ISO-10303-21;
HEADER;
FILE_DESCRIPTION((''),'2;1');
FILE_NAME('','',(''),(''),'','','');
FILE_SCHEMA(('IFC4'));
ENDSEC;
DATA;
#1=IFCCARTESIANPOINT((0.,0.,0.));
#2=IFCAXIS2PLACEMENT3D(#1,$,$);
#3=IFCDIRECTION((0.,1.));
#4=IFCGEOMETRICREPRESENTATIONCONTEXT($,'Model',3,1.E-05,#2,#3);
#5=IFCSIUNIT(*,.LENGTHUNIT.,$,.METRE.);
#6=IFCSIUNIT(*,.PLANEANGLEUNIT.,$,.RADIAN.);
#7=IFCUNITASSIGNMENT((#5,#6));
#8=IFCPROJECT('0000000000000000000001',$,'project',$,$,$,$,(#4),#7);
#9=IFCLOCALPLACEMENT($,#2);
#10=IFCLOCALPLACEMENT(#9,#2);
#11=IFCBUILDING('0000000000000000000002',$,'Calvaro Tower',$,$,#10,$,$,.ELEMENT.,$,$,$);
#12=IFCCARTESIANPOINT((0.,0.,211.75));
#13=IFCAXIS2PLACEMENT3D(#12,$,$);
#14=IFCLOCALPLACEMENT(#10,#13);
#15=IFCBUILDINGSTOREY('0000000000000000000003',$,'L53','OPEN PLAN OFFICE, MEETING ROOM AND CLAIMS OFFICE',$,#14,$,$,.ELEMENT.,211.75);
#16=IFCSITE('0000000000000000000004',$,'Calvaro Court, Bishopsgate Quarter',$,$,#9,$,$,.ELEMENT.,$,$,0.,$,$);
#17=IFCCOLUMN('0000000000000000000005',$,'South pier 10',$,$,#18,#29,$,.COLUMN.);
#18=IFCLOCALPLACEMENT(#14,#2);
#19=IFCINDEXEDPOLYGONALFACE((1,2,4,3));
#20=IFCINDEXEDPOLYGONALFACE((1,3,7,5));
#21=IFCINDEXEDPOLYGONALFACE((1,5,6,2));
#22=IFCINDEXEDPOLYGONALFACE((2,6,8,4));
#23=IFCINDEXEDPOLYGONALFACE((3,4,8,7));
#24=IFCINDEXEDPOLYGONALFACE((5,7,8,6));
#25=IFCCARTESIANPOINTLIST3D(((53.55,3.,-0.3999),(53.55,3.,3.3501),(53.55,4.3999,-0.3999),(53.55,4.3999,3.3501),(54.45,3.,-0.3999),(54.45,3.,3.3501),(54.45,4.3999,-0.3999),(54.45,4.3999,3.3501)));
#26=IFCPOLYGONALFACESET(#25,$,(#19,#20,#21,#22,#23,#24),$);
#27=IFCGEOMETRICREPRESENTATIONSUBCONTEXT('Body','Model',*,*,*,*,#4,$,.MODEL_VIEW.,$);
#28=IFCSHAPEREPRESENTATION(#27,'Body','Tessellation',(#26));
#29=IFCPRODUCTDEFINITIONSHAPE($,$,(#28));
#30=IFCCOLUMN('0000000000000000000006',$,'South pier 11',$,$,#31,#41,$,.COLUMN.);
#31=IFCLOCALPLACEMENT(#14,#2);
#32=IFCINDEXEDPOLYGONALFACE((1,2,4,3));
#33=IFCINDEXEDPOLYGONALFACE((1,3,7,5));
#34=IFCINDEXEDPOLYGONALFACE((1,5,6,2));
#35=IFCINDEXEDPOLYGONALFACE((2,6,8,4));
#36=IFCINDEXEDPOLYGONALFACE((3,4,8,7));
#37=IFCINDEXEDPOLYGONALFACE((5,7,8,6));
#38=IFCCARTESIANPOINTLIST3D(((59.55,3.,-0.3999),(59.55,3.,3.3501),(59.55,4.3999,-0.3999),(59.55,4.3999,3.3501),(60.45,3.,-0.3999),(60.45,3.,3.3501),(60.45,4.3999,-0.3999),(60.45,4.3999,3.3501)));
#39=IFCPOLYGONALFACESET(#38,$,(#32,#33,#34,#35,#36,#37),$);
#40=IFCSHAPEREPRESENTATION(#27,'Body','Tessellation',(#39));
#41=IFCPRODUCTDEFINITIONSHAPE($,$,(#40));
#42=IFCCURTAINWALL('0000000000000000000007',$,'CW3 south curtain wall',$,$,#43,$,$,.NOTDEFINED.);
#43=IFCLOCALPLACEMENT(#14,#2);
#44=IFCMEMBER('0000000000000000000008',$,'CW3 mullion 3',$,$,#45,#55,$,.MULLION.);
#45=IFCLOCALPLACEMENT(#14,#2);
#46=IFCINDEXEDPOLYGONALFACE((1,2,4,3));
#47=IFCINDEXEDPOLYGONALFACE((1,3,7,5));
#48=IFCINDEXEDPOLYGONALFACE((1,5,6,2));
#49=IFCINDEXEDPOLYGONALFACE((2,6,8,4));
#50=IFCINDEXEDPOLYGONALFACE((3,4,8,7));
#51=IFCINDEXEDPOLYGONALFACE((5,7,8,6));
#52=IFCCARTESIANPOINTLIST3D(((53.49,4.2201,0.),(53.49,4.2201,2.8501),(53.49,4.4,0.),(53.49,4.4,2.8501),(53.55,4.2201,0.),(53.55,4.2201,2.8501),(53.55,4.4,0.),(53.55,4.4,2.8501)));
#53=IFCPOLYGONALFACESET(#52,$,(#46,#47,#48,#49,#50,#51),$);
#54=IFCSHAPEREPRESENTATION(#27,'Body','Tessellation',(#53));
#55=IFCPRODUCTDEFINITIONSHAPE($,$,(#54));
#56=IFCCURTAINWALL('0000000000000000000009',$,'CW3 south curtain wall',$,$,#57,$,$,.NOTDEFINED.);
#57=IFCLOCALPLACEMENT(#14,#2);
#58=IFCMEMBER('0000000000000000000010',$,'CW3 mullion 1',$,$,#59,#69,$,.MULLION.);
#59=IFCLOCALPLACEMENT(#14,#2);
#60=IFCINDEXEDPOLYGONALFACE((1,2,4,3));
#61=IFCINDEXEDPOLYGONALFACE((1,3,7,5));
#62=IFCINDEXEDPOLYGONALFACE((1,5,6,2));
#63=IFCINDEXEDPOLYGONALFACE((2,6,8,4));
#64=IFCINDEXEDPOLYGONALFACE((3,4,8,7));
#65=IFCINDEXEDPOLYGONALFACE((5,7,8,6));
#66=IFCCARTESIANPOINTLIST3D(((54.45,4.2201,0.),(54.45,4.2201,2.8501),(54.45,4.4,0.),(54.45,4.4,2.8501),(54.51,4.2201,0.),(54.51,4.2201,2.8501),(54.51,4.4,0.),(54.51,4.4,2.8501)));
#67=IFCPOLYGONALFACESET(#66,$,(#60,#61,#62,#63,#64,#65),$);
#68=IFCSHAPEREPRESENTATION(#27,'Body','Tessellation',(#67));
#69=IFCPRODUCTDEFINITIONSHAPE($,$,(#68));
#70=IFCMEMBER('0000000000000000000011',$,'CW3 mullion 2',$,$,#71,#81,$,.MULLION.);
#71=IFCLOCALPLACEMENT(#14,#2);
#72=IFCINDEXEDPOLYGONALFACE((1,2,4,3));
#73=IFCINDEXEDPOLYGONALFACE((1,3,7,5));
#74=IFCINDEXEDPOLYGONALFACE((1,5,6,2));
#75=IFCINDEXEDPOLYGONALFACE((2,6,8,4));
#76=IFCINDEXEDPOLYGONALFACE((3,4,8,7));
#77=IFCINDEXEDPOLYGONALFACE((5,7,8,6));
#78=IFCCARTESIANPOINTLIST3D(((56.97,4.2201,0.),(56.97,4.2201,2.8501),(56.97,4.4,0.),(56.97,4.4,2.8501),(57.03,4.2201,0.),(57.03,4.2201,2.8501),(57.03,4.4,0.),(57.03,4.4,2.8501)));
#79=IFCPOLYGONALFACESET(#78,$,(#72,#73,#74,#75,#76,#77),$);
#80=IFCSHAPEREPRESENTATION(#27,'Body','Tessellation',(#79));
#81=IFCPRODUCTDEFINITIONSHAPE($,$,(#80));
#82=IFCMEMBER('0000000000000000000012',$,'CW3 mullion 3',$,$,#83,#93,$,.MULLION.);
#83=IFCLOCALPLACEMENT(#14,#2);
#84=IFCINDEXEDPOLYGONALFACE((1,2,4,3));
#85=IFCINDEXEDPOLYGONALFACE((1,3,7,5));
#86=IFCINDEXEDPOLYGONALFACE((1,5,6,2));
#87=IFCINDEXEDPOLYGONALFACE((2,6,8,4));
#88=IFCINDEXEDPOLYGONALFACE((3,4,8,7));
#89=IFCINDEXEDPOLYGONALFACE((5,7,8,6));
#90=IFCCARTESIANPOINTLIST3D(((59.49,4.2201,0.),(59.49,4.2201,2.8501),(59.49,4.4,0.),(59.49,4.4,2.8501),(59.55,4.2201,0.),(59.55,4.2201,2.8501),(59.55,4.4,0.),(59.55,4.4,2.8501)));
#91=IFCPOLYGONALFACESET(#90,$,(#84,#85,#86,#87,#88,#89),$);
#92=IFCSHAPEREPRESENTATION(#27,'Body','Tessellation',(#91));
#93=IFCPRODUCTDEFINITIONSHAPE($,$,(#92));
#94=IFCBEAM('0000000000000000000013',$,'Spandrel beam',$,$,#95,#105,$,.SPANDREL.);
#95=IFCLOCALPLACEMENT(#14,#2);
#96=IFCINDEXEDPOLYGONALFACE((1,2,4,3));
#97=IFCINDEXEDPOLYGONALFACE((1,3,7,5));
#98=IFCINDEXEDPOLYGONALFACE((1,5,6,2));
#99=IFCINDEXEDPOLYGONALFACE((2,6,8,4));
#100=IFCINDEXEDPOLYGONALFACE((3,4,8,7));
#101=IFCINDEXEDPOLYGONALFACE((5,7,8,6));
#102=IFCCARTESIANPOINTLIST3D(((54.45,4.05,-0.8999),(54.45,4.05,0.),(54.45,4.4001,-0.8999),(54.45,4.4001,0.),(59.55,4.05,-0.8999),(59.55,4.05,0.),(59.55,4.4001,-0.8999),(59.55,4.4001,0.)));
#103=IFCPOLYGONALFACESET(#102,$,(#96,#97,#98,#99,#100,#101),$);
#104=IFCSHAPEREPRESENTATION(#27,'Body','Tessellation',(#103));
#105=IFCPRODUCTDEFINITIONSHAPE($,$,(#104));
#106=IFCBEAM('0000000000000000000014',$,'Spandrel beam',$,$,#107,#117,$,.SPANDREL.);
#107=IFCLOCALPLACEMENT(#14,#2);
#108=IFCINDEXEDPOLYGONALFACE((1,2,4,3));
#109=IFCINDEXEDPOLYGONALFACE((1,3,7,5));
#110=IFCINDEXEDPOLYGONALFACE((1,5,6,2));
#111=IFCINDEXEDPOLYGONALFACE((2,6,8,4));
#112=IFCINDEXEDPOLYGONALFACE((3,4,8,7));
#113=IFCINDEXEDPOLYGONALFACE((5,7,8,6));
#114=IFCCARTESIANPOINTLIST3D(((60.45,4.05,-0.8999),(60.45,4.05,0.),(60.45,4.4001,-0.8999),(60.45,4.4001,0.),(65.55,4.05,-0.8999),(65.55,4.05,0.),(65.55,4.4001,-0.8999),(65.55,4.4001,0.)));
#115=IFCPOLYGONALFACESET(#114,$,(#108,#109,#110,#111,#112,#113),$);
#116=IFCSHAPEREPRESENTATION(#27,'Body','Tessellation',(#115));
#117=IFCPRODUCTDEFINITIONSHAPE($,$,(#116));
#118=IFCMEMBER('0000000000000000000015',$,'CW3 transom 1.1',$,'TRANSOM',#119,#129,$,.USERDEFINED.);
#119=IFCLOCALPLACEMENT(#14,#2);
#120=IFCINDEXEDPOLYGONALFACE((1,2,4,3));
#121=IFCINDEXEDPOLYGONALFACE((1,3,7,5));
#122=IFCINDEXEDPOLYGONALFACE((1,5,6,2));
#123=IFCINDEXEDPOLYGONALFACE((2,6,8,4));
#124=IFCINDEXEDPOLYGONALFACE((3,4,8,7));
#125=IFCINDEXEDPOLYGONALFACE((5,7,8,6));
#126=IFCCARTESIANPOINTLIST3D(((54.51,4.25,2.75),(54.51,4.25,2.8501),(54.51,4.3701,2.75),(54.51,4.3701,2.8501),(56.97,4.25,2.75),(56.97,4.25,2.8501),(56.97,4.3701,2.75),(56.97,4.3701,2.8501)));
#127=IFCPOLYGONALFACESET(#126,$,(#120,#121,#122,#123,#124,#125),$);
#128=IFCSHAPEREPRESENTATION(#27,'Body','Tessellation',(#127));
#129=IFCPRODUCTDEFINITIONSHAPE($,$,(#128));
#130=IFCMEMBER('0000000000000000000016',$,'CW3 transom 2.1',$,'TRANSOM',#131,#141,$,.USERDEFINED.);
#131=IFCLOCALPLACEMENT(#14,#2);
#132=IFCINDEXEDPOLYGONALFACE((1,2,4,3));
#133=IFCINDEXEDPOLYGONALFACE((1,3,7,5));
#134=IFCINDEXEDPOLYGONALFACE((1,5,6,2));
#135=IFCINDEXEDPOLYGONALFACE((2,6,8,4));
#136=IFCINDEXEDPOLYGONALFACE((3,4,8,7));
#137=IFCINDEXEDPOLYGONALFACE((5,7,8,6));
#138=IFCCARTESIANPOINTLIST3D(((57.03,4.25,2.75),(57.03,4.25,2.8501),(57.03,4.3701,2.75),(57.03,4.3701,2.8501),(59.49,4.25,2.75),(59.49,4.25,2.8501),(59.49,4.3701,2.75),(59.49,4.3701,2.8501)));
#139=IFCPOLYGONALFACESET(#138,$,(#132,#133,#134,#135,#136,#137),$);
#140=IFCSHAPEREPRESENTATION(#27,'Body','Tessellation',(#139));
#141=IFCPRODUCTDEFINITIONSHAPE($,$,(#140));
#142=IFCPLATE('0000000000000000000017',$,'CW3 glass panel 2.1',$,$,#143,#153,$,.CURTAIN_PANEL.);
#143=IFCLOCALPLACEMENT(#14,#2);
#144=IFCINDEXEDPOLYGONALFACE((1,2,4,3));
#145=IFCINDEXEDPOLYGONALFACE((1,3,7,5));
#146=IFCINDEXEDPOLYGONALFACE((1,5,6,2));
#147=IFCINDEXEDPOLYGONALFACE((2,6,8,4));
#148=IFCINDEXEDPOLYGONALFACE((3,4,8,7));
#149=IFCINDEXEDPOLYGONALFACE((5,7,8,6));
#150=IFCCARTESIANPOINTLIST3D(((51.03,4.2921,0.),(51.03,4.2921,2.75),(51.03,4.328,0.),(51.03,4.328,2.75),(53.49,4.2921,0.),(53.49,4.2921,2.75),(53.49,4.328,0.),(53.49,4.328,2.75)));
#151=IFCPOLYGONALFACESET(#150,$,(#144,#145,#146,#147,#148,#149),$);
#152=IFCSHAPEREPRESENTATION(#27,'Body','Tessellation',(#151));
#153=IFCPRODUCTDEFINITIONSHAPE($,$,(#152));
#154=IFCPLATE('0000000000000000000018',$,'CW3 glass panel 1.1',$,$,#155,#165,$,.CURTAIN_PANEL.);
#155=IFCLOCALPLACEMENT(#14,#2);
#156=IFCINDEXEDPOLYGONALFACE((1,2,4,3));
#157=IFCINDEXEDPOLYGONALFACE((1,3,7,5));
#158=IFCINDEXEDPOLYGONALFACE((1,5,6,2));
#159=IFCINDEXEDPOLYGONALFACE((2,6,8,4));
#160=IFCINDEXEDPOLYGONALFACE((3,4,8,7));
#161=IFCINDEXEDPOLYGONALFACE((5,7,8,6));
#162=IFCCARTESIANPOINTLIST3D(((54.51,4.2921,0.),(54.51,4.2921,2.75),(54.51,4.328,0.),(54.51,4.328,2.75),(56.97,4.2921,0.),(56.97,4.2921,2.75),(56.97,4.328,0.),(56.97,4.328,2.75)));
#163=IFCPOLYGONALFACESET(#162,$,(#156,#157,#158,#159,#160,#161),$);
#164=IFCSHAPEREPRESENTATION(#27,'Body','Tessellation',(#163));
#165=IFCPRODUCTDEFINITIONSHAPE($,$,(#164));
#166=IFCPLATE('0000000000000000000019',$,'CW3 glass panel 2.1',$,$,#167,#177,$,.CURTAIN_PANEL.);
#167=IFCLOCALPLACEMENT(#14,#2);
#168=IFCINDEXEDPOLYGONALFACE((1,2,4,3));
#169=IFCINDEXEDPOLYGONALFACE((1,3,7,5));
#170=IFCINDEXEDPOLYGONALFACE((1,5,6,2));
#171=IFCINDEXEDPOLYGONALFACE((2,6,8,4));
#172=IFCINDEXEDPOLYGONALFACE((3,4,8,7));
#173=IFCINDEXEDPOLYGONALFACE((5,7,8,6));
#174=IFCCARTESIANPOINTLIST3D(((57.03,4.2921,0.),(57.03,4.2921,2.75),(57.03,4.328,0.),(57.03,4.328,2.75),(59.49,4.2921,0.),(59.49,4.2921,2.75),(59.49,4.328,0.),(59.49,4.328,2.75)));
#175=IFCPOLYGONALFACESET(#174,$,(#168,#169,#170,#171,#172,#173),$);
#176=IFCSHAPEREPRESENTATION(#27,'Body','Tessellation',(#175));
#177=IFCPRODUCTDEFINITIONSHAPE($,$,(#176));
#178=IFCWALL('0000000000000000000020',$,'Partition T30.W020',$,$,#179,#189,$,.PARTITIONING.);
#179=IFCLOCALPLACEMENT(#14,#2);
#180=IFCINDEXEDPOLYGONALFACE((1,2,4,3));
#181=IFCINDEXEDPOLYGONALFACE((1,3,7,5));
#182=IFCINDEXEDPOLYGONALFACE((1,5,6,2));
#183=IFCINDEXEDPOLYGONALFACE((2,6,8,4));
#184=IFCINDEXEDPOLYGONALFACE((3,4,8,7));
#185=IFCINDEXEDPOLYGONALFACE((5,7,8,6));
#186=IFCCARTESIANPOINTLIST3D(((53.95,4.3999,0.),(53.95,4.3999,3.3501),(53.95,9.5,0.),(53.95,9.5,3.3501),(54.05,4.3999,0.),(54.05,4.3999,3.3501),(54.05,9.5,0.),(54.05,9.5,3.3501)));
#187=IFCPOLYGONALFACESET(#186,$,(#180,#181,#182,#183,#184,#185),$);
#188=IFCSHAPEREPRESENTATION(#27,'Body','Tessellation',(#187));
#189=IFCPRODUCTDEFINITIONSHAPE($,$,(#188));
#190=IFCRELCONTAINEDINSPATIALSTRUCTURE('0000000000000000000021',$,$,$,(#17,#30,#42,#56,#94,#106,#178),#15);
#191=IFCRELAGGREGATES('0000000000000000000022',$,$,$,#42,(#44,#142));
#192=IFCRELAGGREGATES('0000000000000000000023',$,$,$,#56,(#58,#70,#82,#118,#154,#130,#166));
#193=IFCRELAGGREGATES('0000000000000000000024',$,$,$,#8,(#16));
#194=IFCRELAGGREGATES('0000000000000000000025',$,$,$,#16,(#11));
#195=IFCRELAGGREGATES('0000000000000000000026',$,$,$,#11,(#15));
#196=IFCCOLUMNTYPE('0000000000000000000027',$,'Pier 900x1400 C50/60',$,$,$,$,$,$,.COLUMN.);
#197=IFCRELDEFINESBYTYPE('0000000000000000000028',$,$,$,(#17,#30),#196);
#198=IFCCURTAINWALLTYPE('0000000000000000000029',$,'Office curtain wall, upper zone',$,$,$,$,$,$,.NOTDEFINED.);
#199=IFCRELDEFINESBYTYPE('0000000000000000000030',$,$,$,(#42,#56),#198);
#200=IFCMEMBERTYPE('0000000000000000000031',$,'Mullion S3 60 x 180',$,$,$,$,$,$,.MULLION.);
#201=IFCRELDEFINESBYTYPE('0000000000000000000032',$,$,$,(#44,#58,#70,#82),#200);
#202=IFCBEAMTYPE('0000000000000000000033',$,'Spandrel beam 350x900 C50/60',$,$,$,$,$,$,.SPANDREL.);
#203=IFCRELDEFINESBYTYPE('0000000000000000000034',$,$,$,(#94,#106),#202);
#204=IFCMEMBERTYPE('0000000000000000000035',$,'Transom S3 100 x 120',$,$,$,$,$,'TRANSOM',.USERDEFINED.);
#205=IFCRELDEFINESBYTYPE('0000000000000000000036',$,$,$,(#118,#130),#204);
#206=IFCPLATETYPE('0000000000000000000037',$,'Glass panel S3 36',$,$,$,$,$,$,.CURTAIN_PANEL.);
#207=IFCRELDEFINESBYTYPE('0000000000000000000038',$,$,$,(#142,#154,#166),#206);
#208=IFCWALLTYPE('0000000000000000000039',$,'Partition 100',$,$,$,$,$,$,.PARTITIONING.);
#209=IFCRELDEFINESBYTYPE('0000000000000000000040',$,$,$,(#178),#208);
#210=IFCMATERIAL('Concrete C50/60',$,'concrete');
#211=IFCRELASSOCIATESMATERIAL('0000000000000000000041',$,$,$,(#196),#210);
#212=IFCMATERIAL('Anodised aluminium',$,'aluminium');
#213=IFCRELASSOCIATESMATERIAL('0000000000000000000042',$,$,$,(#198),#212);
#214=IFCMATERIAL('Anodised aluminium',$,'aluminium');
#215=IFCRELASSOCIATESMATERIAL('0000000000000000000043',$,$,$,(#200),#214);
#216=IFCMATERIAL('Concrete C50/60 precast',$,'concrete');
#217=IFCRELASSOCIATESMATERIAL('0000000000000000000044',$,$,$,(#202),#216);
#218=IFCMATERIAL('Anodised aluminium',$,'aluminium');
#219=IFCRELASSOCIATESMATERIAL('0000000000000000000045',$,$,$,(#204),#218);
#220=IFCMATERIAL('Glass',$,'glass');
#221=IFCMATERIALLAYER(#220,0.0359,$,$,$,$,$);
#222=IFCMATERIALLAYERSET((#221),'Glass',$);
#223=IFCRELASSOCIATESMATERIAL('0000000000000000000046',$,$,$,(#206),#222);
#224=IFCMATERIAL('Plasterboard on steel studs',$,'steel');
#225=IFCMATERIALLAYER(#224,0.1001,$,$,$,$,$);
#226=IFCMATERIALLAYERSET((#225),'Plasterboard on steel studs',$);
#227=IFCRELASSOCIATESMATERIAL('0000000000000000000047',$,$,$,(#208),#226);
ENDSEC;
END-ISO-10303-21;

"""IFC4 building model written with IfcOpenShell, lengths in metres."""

from ifc_helpers import new_model, si_unit, direction, frame, frame_2d, origin, origin_2d, place, context, subcontext, project, spatial, rectangle, extrude, material, layer, layer_set, material_profile, profile_set, type_object, element, aggregate, save


model = new_model("IFC4")

# Units and contexts
model_context = context("Model", 3, precision=1e-05, world=origin(), true_north=direction((0.0, 1.0)))
body_context = subcontext(model_context, "Body", "Model", "MODEL_VIEW")
ifc_project = project(units=[si_unit("LENGTHUNIT", "METRE"), si_unit("PLANEANGLEUNIT", "RADIAN")], contexts=[model_context])

# Site, building, storey
site_placement = place(None, origin())
site = spatial("IfcSite", under=ifc_project, at=site_placement, Name="Calvaro Court, Bishopsgate Quarter", CompositionType="ELEMENT", RefElevation=0.0)
building_placement = place(site_placement, origin())
building = spatial("IfcBuilding", under=site, at=building_placement, Name="Calvaro Tower", CompositionType="ELEMENT")
storey_placement = place(building_placement, frame((0.0, 0.0, 211.75)))
storey = spatial("IfcBuildingStorey", under=building, at=storey_placement, Name="L53", Description="OPEN PLAN OFFICE, MEETING ROOM AND CLAIMS OFFICE", CompositionType="ELEMENT", Elevation=211.75)

# Columns
ifc_material_1 = material(Name="Concrete C50/60", Category="concrete")
ifc_material_profile_1 = material_profile(ifc_material_1, rectangle(XDim=0.8999, YDim=1.3999, at=origin_2d()), Name="RC 900x1400")
ifc_profile_set_1 = profile_set([ifc_material_profile_1], Name="Concrete C50/60")
column_type = type_object("IfcColumnType", Name="Pier 900x1400 C50/60", PredefinedType="COLUMN", material=ifc_profile_set_1)
for number, where, z_axis, x_axis, name in (
    (1, (54.0, 3.7, -0.3999), (0.0, 0.0, 1.0), (1.0, 0.0, 0.0), "South pier 10"),
    (2, (60.0, 3.7, -0.3999), (0.0, 0.0, 1.0), (1.0, 0.0, 0.0), "South pier 11"),
):
    element("IfcColumn", number, at=place(storey_placement, frame(where, z_axis=z_axis, x_axis=x_axis)), inside=storey, type_object=column_type, Name=name, PredefinedType="COLUMN", context=body_context, shape_type="SweptSolid", body=[
        extrude(rectangle(XDim=0.8999, YDim=1.3999, at=origin_2d()), origin(), (0.0, 0.0, 1.0), 3.75),
    ])

# Curtain wall, member
ifc_material_2 = material(Name="Anodised aluminium", Category="aluminium")
curtain_wall_type = type_object("IfcCurtainWallType", Name="Office curtain wall, upper zone", PredefinedType="NOTDEFINED", material=ifc_material_2)
curtain_wall_1_placement = place(storey_placement, origin())
curtain_wall_1 = element("IfcCurtainWall", 3, at=curtain_wall_1_placement, inside=storey, type_object=curtain_wall_type, Name="CW3 south curtain wall", PredefinedType="NOTDEFINED")
ifc_material_3 = material(Name="Anodised aluminium", Category="aluminium")
ifc_material_profile_2 = material_profile(ifc_material_3, rectangle(XDim=0.1799, YDim=0.0601, at=origin_2d()), Name="Mullion S3 60 x 180")
ifc_profile_set_2 = profile_set([ifc_material_profile_2], Name="Anodised aluminium")
member_type_1 = type_object("IfcMemberType", Name="Mullion S3 60 x 180", PredefinedType="MULLION", material=ifc_profile_set_2)
member_1_placement = place(storey_placement, frame((53.52, 4.3101, 0.0), z_axis=(0.0, 0.0, 1.0), x_axis=(0.0, 1.0, 0.0)))
member_1 = element("IfcMember", 4, at=member_1_placement, type_object=member_type_1, Name="CW3 mullion 3", PredefinedType="MULLION", context=body_context, shape_type="SweptSolid", body=[
    extrude(rectangle(XDim=0.1799, YDim=0.0601, at=origin_2d()), origin(), (0.0, 0.0, 1.0), 2.8501),
])

# Curtain wall, members
curtain_wall_2_placement = place(storey_placement, origin())
curtain_wall_2 = element("IfcCurtainWall", 5, at=curtain_wall_2_placement, inside=storey, type_object=curtain_wall_type, Name="CW3 south curtain wall", PredefinedType="NOTDEFINED")
member_2_placement = place(storey_placement, frame((54.48, 4.3101, 0.0), z_axis=(0.0, 0.0, 1.0), x_axis=(0.0, 1.0, 0.0)))
member_2 = element("IfcMember", 6, at=member_2_placement, type_object=member_type_1, Name="CW3 mullion 1", PredefinedType="MULLION", context=body_context, shape_type="SweptSolid", body=[
    extrude(rectangle(XDim=0.1799, YDim=0.0601, at=origin_2d()), origin(), (0.0, 0.0, 1.0), 2.8501),
])
member_3_placement = place(storey_placement, frame((57.0, 4.3101, 0.0), z_axis=(0.0, 0.0, 1.0), x_axis=(0.0, 1.0, 0.0)))
member_3 = element("IfcMember", 7, at=member_3_placement, type_object=member_type_1, Name="CW3 mullion 2", PredefinedType="MULLION", context=body_context, shape_type="SweptSolid", body=[
    extrude(rectangle(XDim=0.1799, YDim=0.0601, at=origin_2d()), origin(), (0.0, 0.0, 1.0), 2.8501),
])
member_4_placement = place(storey_placement, frame((59.52, 4.3101, 0.0), z_axis=(0.0, 0.0, 1.0), x_axis=(0.0, 1.0, 0.0)))
member_4 = element("IfcMember", 8, at=member_4_placement, type_object=member_type_1, Name="CW3 mullion 3", PredefinedType="MULLION", context=body_context, shape_type="SweptSolid", body=[
    extrude(rectangle(XDim=0.1799, YDim=0.0601, at=origin_2d()), origin(), (0.0, 0.0, 1.0), 2.8501),
])

# Beams
ifc_material_4 = material(Name="Concrete C50/60 precast", Category="concrete")
ifc_material_profile_3 = material_profile(ifc_material_4, rectangle(XDim=0.3501, YDim=0.8999, at=origin_2d()), Name="RC 350x900")
ifc_profile_set_3 = profile_set([ifc_material_profile_3], Name="Concrete C50/60 precast")
beam_type = type_object("IfcBeamType", Name="Spandrel beam 350x900 C50/60", PredefinedType="SPANDREL", material=ifc_profile_set_3)
for number, where, z_axis, x_axis, name in (
    (9, (54.45, 4.2251, -0.45), (1.0, 0.0, 0.0), (0.0, 1.0, 0.0), "Spandrel beam"),
    (10, (60.45, 4.2251, -0.45), (1.0, 0.0, 0.0), (0.0, 1.0, 0.0), "Spandrel beam"),
):
    element("IfcBeam", number, at=place(storey_placement, frame(where, z_axis=z_axis, x_axis=x_axis)), inside=storey, type_object=beam_type, Name=name, PredefinedType="SPANDREL", context=body_context, shape_type="SweptSolid", body=[
        extrude(rectangle(XDim=0.3501, YDim=0.8999, at=origin_2d()), origin(), (0.0, 0.0, 1.0), 5.1001),
    ])

# Members
ifc_material_5 = material(Name="Anodised aluminium", Category="aluminium")
ifc_material_profile_4 = material_profile(ifc_material_5, rectangle(XDim=0.1201, YDim=0.1001, at=origin_2d()), Name="Transom S3 100 x 120")
ifc_profile_set_4 = profile_set([ifc_material_profile_4], Name="Anodised aluminium")
member_type_2 = type_object("IfcMemberType", Name="Transom S3 100 x 120", ElementType="TRANSOM", PredefinedType="USERDEFINED", material=ifc_profile_set_4)
member_5_placement = place(storey_placement, frame((54.51, 4.3101, 2.8), z_axis=(1.0, 0.0, 0.0), x_axis=(0.0, 1.0, 0.0)))
member_5 = element("IfcMember", 11, at=member_5_placement, type_object=member_type_2, Name="CW3 transom 1.1", ObjectType="TRANSOM", PredefinedType="USERDEFINED", context=body_context, shape_type="SweptSolid", body=[
    extrude(rectangle(XDim=0.1201, YDim=0.1001, at=origin_2d()), origin(), (0.0, 0.0, 1.0), 2.46),
])
member_6_placement = place(storey_placement, frame((57.03, 4.3101, 2.8), z_axis=(1.0, 0.0, 0.0), x_axis=(0.0, 1.0, 0.0)))
member_6 = element("IfcMember", 12, at=member_6_placement, type_object=member_type_2, Name="CW3 transom 2.1", ObjectType="TRANSOM", PredefinedType="USERDEFINED", context=body_context, shape_type="SweptSolid", body=[
    extrude(rectangle(XDim=0.1201, YDim=0.1001, at=origin_2d()), origin(), (0.0, 0.0, 1.0), 2.46),
])

# Plates
ifc_material_6 = material(Name="Glass", Category="glass")
ifc_layer_1 = layer(ifc_material_6, 0.0359)
ifc_layer_set_1 = layer_set([ifc_layer_1], Name="Glass")
plate_type = type_object("IfcPlateType", Name="Glass panel S3 36", PredefinedType="CURTAIN_PANEL", material=ifc_layer_set_1)
plate_1_placement = place(storey_placement, frame((52.26, 4.3101, 0.0), z_axis=(0.0, 0.0, 1.0), x_axis=(1.0, 0.0, 0.0)))
plate_1 = element("IfcPlate", 13, at=plate_1_placement, type_object=plate_type, Name="CW3 glass panel 2.1", PredefinedType="CURTAIN_PANEL", context=body_context, shape_type="SweptSolid", body=[
    extrude(rectangle(XDim=2.46, YDim=0.0359, at=origin_2d()), origin(), (0.0, 0.0, 1.0), 2.75),
])
aggregate(curtain_wall_1, [member_1, plate_1])
plate_2_placement = place(storey_placement, frame((55.74, 4.3101, 0.0), z_axis=(0.0, 0.0, 1.0), x_axis=(1.0, 0.0, 0.0)))
plate_2 = element("IfcPlate", 14, at=plate_2_placement, type_object=plate_type, Name="CW3 glass panel 1.1", PredefinedType="CURTAIN_PANEL", context=body_context, shape_type="SweptSolid", body=[
    extrude(rectangle(XDim=2.46, YDim=0.0359, at=origin_2d()), origin(), (0.0, 0.0, 1.0), 2.75),
])
plate_3_placement = place(storey_placement, frame((58.26, 4.3101, 0.0), z_axis=(0.0, 0.0, 1.0), x_axis=(1.0, 0.0, 0.0)))
plate_3 = element("IfcPlate", 15, at=plate_3_placement, type_object=plate_type, Name="CW3 glass panel 2.1", PredefinedType="CURTAIN_PANEL", context=body_context, shape_type="SweptSolid", body=[
    extrude(rectangle(XDim=2.46, YDim=0.0359, at=origin_2d()), origin(), (0.0, 0.0, 1.0), 2.75),
])
aggregate(curtain_wall_2, [member_2, member_3, member_4, member_5, plate_2, member_6, plate_3])

# Wall
ifc_material_7 = material(Name="Plasterboard on steel studs", Category="steel")
ifc_layer_2 = layer(ifc_material_7, 0.1001)
ifc_layer_set_2 = layer_set([ifc_layer_2], Name="Plasterboard on steel studs")
wall_type = type_object("IfcWallType", Name="Partition 100", PredefinedType="PARTITIONING", material=ifc_layer_set_2)
wall_placement = place(storey_placement, frame((54.0, 4.3999, 0.0), z_axis=(0.0, 0.0, 1.0), x_axis=(0.0, 1.0, 0.0)))
element("IfcWall", 16, at=wall_placement, inside=storey, type_object=wall_type, Name="Partition T30.W020", PredefinedType="PARTITIONING", context=body_context, shape_type="SweptSolid", body=[
    extrude(rectangle(XDim=5.1001, YDim=0.1001, at=frame_2d((2.55, 0.0))), origin(), (0.0, 0.0, 1.0), 3.3501),
])

save(model, "model.ifc")
